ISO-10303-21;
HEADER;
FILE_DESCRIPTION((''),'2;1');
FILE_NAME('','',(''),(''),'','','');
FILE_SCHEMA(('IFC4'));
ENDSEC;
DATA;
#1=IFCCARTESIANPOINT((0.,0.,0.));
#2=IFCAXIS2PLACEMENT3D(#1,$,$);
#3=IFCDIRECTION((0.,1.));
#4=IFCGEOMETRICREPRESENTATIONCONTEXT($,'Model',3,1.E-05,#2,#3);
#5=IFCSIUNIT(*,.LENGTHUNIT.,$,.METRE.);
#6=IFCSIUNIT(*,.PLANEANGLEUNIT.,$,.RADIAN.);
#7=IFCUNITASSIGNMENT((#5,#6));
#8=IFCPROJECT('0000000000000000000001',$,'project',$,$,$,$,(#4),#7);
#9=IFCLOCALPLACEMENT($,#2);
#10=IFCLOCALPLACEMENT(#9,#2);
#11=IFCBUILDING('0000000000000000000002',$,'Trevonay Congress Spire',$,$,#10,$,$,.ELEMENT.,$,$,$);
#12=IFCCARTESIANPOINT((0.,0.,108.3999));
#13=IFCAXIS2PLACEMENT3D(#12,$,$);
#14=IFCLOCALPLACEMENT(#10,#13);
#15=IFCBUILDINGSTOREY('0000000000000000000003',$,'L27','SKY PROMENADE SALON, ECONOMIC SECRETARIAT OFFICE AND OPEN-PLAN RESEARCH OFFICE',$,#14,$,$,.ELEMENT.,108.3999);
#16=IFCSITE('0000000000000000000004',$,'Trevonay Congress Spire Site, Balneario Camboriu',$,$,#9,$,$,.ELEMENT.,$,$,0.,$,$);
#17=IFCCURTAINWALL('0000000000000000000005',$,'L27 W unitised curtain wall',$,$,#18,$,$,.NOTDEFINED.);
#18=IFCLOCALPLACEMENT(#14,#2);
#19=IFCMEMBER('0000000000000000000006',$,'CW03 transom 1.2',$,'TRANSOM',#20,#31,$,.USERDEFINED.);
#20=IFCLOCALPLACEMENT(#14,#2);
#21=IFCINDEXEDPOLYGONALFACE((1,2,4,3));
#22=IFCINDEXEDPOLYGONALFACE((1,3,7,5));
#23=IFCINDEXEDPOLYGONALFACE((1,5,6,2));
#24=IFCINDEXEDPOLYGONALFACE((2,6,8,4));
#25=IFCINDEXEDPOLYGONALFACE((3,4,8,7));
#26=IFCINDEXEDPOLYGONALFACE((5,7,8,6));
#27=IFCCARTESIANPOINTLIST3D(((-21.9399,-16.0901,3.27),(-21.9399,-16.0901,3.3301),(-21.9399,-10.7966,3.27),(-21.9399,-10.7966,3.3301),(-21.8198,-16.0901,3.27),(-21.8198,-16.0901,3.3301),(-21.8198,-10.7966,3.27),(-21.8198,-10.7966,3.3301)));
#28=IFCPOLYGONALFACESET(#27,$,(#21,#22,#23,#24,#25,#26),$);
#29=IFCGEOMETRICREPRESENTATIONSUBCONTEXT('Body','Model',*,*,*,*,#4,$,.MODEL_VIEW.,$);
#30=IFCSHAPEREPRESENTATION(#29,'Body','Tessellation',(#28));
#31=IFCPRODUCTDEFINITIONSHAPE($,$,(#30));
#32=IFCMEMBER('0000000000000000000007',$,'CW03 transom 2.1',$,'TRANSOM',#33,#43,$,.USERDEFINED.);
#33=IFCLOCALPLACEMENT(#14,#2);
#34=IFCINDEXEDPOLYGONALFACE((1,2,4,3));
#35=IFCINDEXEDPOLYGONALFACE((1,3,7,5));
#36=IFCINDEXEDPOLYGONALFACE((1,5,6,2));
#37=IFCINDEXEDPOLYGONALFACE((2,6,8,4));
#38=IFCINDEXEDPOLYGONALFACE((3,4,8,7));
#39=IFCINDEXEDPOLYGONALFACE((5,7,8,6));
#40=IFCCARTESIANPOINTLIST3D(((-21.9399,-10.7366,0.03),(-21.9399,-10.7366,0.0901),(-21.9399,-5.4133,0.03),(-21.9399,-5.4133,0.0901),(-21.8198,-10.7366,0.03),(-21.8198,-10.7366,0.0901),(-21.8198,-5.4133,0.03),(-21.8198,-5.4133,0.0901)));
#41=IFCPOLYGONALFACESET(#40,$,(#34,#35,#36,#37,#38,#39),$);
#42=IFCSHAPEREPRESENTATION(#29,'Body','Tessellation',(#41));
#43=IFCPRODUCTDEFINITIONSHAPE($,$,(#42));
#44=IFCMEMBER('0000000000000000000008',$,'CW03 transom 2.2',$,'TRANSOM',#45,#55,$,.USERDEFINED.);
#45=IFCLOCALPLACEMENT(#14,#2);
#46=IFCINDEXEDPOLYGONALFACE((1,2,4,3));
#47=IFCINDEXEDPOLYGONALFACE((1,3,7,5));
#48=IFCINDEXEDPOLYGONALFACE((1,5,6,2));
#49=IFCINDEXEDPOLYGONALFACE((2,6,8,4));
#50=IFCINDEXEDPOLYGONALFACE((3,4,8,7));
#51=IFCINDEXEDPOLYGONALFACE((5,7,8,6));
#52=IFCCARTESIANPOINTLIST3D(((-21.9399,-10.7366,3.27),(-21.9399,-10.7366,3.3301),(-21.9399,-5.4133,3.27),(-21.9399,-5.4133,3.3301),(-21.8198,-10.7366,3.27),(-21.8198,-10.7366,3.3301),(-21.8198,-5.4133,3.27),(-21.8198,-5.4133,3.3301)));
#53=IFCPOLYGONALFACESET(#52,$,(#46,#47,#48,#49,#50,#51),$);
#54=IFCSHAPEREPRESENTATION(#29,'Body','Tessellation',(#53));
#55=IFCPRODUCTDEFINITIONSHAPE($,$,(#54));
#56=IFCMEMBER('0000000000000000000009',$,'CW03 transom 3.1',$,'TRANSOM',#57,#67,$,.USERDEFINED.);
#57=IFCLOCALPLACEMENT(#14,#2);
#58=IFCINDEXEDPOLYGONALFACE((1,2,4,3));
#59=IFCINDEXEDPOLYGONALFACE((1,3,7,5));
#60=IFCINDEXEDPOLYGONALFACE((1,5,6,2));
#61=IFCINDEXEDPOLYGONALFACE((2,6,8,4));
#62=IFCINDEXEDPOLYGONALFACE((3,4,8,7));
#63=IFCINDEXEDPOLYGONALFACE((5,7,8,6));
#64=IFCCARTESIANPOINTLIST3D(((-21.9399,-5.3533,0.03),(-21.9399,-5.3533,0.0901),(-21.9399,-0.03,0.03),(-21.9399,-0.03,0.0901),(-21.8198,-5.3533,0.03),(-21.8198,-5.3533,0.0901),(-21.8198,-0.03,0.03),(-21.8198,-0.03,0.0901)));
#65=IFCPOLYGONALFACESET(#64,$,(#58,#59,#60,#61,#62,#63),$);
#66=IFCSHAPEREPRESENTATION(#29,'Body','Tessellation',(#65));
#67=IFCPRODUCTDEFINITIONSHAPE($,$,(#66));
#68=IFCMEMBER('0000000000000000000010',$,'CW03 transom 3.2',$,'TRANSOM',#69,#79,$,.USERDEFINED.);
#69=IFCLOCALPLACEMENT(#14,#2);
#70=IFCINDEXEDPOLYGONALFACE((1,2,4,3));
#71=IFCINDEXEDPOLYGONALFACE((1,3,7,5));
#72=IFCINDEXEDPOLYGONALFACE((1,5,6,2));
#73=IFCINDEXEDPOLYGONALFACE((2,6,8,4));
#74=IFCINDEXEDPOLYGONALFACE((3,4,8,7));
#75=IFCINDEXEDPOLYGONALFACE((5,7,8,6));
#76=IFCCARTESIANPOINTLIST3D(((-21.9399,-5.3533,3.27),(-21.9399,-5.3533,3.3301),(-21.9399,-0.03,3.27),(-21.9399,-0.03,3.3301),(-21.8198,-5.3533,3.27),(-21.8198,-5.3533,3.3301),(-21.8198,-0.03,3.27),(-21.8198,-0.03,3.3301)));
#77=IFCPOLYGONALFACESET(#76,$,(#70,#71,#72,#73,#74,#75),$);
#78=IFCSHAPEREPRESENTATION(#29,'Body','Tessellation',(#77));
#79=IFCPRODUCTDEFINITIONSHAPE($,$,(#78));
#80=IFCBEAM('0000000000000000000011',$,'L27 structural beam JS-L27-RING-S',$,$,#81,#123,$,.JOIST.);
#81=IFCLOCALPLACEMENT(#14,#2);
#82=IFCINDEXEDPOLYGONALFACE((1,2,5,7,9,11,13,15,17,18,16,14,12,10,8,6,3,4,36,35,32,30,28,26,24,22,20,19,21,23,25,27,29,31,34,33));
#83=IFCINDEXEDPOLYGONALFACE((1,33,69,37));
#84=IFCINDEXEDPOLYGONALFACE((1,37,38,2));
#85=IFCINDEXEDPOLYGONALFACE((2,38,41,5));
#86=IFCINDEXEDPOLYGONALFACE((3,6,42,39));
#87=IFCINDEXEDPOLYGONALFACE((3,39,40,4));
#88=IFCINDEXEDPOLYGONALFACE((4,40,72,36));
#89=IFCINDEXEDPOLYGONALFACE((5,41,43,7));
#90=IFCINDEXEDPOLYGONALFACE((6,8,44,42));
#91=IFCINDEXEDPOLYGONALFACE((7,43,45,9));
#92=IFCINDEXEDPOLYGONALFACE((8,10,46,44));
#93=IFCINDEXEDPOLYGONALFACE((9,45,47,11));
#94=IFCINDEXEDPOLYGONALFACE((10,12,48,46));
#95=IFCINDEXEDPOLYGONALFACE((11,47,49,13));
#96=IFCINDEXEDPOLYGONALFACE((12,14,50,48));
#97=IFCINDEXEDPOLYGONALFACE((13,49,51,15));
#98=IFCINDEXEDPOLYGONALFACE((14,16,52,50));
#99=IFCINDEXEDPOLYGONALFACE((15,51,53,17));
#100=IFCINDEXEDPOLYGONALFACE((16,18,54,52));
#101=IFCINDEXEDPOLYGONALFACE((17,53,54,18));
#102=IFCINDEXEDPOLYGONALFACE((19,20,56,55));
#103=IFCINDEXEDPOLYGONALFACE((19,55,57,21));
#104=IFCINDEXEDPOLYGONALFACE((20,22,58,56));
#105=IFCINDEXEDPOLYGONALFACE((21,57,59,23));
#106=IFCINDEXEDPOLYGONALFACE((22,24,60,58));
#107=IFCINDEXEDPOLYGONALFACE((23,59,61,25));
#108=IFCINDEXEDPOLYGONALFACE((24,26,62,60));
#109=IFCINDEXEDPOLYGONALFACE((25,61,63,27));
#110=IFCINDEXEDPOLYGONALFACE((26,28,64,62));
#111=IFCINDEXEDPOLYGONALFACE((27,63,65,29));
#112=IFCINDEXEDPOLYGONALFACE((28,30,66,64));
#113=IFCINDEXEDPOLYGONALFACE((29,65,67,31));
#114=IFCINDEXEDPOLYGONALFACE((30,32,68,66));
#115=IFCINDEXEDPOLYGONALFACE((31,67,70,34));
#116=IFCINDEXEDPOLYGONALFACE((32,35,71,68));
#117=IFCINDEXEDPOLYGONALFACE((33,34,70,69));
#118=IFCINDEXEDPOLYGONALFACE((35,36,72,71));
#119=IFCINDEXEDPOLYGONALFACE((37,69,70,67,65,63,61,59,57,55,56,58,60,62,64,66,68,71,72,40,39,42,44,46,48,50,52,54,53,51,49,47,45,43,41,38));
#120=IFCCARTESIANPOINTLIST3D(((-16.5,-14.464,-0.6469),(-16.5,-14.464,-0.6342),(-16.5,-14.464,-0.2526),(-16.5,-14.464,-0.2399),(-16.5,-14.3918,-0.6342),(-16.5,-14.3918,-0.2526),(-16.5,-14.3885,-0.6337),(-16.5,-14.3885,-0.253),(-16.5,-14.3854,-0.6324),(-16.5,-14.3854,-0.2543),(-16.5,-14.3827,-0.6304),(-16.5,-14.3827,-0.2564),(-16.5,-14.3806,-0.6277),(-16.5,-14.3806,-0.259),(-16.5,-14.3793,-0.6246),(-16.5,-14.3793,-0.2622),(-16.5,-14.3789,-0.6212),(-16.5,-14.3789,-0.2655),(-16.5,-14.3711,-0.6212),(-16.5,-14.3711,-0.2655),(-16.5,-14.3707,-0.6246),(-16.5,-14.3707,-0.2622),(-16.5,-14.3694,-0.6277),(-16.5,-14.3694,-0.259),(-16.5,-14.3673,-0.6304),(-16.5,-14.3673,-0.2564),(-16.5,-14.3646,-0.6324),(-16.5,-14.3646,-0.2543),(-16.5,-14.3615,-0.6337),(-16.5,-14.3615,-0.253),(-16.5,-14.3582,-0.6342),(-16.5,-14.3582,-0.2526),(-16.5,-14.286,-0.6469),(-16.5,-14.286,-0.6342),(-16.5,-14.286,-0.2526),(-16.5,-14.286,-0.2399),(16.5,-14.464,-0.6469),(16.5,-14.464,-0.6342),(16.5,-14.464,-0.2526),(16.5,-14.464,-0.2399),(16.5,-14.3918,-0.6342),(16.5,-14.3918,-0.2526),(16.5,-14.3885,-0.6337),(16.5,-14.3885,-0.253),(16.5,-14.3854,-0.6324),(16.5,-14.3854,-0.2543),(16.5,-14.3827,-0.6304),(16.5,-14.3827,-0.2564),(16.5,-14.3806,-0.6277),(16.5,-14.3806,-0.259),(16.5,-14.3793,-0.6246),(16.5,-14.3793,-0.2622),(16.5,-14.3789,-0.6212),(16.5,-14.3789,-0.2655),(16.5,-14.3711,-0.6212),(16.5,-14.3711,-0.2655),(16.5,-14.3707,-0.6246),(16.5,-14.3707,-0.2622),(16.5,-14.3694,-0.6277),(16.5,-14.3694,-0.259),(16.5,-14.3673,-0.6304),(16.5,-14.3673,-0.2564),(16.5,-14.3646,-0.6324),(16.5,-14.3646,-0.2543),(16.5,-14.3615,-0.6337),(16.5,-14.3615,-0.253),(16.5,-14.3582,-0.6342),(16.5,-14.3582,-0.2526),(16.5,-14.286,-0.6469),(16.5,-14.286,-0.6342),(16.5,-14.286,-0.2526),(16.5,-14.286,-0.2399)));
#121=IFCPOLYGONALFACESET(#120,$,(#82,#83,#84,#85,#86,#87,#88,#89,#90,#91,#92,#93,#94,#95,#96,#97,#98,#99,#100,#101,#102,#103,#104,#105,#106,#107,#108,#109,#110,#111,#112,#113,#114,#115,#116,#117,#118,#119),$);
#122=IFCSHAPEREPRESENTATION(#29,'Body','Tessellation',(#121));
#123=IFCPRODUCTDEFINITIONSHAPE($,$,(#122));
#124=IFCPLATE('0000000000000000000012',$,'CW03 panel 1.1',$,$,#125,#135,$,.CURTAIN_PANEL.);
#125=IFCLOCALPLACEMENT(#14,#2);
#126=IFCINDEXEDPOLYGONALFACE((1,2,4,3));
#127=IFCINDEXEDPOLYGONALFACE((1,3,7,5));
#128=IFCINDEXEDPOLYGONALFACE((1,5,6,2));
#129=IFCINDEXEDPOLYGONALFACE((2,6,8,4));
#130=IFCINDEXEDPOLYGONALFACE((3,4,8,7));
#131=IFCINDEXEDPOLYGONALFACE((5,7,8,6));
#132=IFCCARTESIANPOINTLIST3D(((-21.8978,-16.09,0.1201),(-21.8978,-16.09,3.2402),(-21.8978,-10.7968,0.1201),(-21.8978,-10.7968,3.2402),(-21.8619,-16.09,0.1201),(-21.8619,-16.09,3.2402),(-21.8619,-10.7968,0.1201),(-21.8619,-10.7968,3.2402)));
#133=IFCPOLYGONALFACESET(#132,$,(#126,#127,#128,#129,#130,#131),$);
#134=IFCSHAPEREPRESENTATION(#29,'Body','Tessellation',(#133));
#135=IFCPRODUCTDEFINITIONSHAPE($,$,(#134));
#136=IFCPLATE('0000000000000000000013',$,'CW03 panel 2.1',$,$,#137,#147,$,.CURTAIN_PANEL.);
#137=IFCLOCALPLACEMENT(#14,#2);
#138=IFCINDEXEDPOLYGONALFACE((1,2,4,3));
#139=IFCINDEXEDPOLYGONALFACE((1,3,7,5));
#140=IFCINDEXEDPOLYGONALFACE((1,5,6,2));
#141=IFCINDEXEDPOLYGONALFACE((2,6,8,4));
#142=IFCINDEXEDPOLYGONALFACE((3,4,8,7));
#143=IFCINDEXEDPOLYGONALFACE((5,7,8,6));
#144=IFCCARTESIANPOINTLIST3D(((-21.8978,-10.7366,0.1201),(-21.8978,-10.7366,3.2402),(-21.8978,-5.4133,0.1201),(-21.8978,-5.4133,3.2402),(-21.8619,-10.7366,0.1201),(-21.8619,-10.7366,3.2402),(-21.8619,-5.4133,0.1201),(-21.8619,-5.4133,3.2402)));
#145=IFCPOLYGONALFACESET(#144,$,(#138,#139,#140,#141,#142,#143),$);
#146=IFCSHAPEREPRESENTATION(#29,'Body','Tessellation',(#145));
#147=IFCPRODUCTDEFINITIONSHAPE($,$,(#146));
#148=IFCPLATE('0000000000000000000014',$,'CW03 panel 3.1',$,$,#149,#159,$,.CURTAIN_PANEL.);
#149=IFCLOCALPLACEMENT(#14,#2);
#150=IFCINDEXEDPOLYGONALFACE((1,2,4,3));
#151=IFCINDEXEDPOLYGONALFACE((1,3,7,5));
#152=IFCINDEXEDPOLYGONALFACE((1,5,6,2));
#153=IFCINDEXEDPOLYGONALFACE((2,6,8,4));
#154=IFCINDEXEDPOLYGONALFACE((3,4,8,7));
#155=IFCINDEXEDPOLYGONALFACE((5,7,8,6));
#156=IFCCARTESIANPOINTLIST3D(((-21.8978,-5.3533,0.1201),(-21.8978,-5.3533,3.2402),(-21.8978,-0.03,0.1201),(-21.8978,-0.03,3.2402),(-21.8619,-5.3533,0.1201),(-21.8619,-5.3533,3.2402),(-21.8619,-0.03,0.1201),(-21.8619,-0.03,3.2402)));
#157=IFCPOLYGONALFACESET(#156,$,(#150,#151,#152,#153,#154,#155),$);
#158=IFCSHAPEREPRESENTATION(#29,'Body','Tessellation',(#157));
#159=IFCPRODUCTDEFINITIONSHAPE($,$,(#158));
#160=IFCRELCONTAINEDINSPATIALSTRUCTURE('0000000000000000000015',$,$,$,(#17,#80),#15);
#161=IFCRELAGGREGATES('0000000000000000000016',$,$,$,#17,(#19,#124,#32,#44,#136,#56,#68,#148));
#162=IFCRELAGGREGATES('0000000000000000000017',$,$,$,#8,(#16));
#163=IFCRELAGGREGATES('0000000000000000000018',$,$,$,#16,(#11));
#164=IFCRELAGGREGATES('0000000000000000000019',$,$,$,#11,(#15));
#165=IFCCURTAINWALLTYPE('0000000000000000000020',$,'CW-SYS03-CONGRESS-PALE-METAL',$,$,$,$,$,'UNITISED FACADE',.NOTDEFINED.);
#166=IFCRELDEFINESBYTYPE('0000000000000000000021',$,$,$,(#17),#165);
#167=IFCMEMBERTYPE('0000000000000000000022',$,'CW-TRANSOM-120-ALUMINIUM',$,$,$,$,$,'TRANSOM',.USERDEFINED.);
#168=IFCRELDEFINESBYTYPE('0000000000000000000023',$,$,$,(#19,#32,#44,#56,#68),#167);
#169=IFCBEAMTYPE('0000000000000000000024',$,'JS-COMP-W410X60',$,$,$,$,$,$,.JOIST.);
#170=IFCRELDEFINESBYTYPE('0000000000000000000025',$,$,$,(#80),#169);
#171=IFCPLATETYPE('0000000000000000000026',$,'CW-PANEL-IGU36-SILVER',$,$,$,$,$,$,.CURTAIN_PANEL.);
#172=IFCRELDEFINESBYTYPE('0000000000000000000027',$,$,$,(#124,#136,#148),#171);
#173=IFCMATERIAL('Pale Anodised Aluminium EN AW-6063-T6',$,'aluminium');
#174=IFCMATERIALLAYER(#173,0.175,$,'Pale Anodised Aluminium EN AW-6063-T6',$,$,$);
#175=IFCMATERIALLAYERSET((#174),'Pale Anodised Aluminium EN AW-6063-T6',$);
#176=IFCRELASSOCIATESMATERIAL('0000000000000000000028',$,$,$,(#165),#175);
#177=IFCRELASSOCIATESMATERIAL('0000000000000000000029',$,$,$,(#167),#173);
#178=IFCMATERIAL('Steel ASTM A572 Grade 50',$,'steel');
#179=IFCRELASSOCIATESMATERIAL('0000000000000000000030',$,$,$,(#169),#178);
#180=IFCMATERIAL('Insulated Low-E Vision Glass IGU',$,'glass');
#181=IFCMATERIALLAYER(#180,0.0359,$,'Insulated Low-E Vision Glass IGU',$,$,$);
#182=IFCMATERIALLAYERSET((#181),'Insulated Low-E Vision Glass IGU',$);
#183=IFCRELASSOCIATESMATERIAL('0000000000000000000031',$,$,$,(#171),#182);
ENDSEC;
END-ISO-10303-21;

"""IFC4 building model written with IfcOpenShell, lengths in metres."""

from ifc_helpers import new_model, si_unit, direction, frame, origin, origin_2d, place, context, subcontext, project, spatial, rectangle, i_section, extrude, material, layer, layer_set, material_profile, profile_set, type_object, element, aggregate, save


model = new_model("IFC4")

# Units and contexts
model_context = context("Model", 3, precision=1e-05, world=origin(), true_north=direction((0.0, 1.0)))
body_context = subcontext(model_context, "Body", "Model", "MODEL_VIEW")
ifc_project = project(units=[si_unit("LENGTHUNIT", "METRE"), si_unit("PLANEANGLEUNIT", "RADIAN")], contexts=[model_context])

# Site, building, storey
site_placement = place(None, origin())
site = spatial("IfcSite", under=ifc_project, at=site_placement, Name="Trevonay Congress Spire Site, Balneario Camboriu", CompositionType="ELEMENT", RefElevation=0.0)
building_placement = place(site_placement, origin())
building = spatial("IfcBuilding", under=site, at=building_placement, Name="Trevonay Congress Spire", CompositionType="ELEMENT")
storey_placement = place(building_placement, frame((0.0, 0.0, 108.3999)))
storey = spatial("IfcBuildingStorey", under=building, at=storey_placement, Name="L27", Description="SKY PROMENADE SALON, ECONOMIC SECRETARIAT OFFICE AND OPEN-PLAN RESEARCH OFFICE", CompositionType="ELEMENT", Elevation=108.3999)

# Shared definitions
ifc_material_1 = material(Name="Steel ASTM A572 Grade 50", Category="steel")

# Curtain wall, members
ifc_material_2 = material(Name="Pale Anodised Aluminium EN AW-6063-T6", Category="aluminium")
ifc_layer_1 = layer(ifc_material_2, 0.175, Name="Pale Anodised Aluminium EN AW-6063-T6")
ifc_layer_set_1 = layer_set([ifc_layer_1], Name="Pale Anodised Aluminium EN AW-6063-T6")
curtain_wall_type = type_object("IfcCurtainWallType", Name="CW-SYS03-CONGRESS-PALE-METAL", ElementType="UNITISED FACADE", PredefinedType="NOTDEFINED", material=ifc_layer_set_1)
curtain_wall_placement = place(storey_placement, origin())
curtain_wall = element("IfcCurtainWall", 1, at=curtain_wall_placement, inside=storey, type_object=curtain_wall_type, Name="L27 W unitised curtain wall", PredefinedType="NOTDEFINED")
ifc_material_profile_1 = material_profile(ifc_material_2, rectangle(XDim=0.1201, YDim=0.0601, at=origin_2d()), Name="CW-TRANSOM-120-ALUMINIUM")
ifc_profile_set_1 = profile_set([ifc_material_profile_1], Name="Pale Anodised Aluminium EN AW-6063-T6")
member_type_1 = type_object("IfcMemberType", Name="CW-TRANSOM-120-ALUMINIUM", ElementType="TRANSOM", PredefinedType="USERDEFINED", material=ifc_profile_set_1)
member_1_placement = place(storey_placement, frame((-21.8799, -16.0901, 3.3), z_axis=(0.0, 1.0, 0.0), x_axis=(-1.0, 0.0, 0.0)))
member_1 = element("IfcMember", 2, at=member_1_placement, type_object=member_type_1, Name="CW03 transom 1.2", ObjectType="TRANSOM", PredefinedType="USERDEFINED", context=body_context, shape_type="SweptSolid", body=[
    extrude(rectangle(XDim=0.1201, YDim=0.0601, at=origin_2d()), origin(), (0.0, 0.0, 1.0), 5.2935),
])
member_2_placement = place(storey_placement, frame((-21.8799, -10.7366, 0.0601), z_axis=(0.0, 1.0, 0.0), x_axis=(-1.0, 0.0, 0.0)))
member_2 = element("IfcMember", 3, at=member_2_placement, type_object=member_type_1, Name="CW03 transom 2.1", ObjectType="TRANSOM", PredefinedType="USERDEFINED", context=body_context, shape_type="SweptSolid", body=[
    extrude(rectangle(XDim=0.1201, YDim=0.0601, at=origin_2d()), origin(), (0.0, 0.0, 1.0), 5.3232),
])
member_3_placement = place(storey_placement, frame((-21.8799, -10.7366, 3.3), z_axis=(0.0, 1.0, 0.0), x_axis=(-1.0, 0.0, 0.0)))
member_3 = element("IfcMember", 4, at=member_3_placement, type_object=member_type_1, Name="CW03 transom 2.2", ObjectType="TRANSOM", PredefinedType="USERDEFINED", context=body_context, shape_type="SweptSolid", body=[
    extrude(rectangle(XDim=0.1201, YDim=0.0601, at=origin_2d()), origin(), (0.0, 0.0, 1.0), 5.3232),
])
member_4_placement = place(storey_placement, frame((-21.8799, -5.3533, 0.0601), z_axis=(0.0, 1.0, 0.0), x_axis=(-1.0, 0.0, 0.0)))
member_4 = element("IfcMember", 5, at=member_4_placement, type_object=member_type_1, Name="CW03 transom 3.1", ObjectType="TRANSOM", PredefinedType="USERDEFINED", context=body_context, shape_type="SweptSolid", body=[
    extrude(rectangle(XDim=0.1201, YDim=0.0601, at=origin_2d()), origin(), (0.0, 0.0, 1.0), 5.3232),
])
member_5_placement = place(storey_placement, frame((-21.8799, -5.3533, 3.3), z_axis=(0.0, 1.0, 0.0), x_axis=(-1.0, 0.0, 0.0)))
member_5 = element("IfcMember", 6, at=member_5_placement, type_object=member_type_1, Name="CW03 transom 3.2", ObjectType="TRANSOM", PredefinedType="USERDEFINED", context=body_context, shape_type="SweptSolid", body=[
    extrude(rectangle(XDim=0.1201, YDim=0.0601, at=origin_2d()), origin(), (0.0, 0.0, 1.0), 5.3232),
])

# Beam
ifc_material_profile_2 = material_profile(ifc_material_1, i_section(OverallWidth=0.178, OverallDepth=0.407, WebThickness=0.0078, FlangeThickness=0.0127, FilletRadius=0.0129, at=origin_2d()), Name="W410x60")
ifc_profile_set_2 = profile_set([ifc_material_profile_2], Name="Steel ASTM A572 Grade 50")
beam_type_1 = type_object("IfcBeamType", Name="JS-COMP-W410X60", PredefinedType="JOIST", material=ifc_profile_set_2)
beam_1_placement = place(storey_placement, frame((-16.5, -14.375, -0.4434), z_axis=(1.0, 0.0, 0.0), x_axis=(0.0, 1.0, 0.0)))
element("IfcBeam", 7, at=beam_1_placement, inside=storey, type_object=beam_type_1, Name="L27 structural beam JS-L27-RING-S", PredefinedType="JOIST", context=body_context, shape_type="SweptSolid", body=[
    extrude(i_section(OverallWidth=0.178, OverallDepth=0.407, WebThickness=0.0078, FlangeThickness=0.0127, FilletRadius=0.0129, at=origin_2d()), origin(), (0.0, 0.0, 1.0), 33.0),
])

# Plates
ifc_material_3 = material(Name="Insulated Low-E Vision Glass IGU", Category="glass")
ifc_layer_2 = layer(ifc_material_3, 0.0359, Name="Insulated Low-E Vision Glass IGU")
ifc_layer_set_2 = layer_set([ifc_layer_2], Name="Insulated Low-E Vision Glass IGU")
plate_type = type_object("IfcPlateType", Name="CW-PANEL-IGU36-SILVER", PredefinedType="CURTAIN_PANEL", material=ifc_layer_set_2)
plate_1_placement = place(storey_placement, frame((-21.8799, -13.4434, 0.1201), z_axis=(0.0, 0.0, 1.0), x_axis=(0.0, 1.0, 0.0)))
plate_1 = element("IfcPlate", 8, at=plate_1_placement, type_object=plate_type, Name="CW03 panel 1.1", PredefinedType="CURTAIN_PANEL", context=body_context, shape_type="SweptSolid", body=[
    extrude(rectangle(XDim=5.2932, YDim=0.0359, at=origin_2d()), origin(), (0.0, 0.0, 1.0), 3.1201),
])
plate_2_placement = place(storey_placement, frame((-21.8799, -8.075, 0.1201), z_axis=(0.0, 0.0, 1.0), x_axis=(0.0, 1.0, 0.0)))
plate_2 = element("IfcPlate", 9, at=plate_2_placement, type_object=plate_type, Name="CW03 panel 2.1", PredefinedType="CURTAIN_PANEL", context=body_context, shape_type="SweptSolid", body=[
    extrude(rectangle(XDim=5.3232, YDim=0.0359, at=origin_2d()), origin(), (0.0, 0.0, 1.0), 3.1201),
])
plate_3_placement = place(storey_placement, frame((-21.8799, -2.6917, 0.1201), z_axis=(0.0, 0.0, 1.0), x_axis=(0.0, 1.0, 0.0)))
plate_3 = element("IfcPlate", 10, at=plate_3_placement, type_object=plate_type, Name="CW03 panel 3.1", PredefinedType="CURTAIN_PANEL", context=body_context, shape_type="SweptSolid", body=[
    extrude(rectangle(XDim=5.3232, YDim=0.0359, at=origin_2d()), origin(), (0.0, 0.0, 1.0), 3.1201),
])
aggregate(curtain_wall, [member_1, plate_1, member_2, member_3, plate_2, member_4, member_5, plate_3])

save(model, "model.ifc")
